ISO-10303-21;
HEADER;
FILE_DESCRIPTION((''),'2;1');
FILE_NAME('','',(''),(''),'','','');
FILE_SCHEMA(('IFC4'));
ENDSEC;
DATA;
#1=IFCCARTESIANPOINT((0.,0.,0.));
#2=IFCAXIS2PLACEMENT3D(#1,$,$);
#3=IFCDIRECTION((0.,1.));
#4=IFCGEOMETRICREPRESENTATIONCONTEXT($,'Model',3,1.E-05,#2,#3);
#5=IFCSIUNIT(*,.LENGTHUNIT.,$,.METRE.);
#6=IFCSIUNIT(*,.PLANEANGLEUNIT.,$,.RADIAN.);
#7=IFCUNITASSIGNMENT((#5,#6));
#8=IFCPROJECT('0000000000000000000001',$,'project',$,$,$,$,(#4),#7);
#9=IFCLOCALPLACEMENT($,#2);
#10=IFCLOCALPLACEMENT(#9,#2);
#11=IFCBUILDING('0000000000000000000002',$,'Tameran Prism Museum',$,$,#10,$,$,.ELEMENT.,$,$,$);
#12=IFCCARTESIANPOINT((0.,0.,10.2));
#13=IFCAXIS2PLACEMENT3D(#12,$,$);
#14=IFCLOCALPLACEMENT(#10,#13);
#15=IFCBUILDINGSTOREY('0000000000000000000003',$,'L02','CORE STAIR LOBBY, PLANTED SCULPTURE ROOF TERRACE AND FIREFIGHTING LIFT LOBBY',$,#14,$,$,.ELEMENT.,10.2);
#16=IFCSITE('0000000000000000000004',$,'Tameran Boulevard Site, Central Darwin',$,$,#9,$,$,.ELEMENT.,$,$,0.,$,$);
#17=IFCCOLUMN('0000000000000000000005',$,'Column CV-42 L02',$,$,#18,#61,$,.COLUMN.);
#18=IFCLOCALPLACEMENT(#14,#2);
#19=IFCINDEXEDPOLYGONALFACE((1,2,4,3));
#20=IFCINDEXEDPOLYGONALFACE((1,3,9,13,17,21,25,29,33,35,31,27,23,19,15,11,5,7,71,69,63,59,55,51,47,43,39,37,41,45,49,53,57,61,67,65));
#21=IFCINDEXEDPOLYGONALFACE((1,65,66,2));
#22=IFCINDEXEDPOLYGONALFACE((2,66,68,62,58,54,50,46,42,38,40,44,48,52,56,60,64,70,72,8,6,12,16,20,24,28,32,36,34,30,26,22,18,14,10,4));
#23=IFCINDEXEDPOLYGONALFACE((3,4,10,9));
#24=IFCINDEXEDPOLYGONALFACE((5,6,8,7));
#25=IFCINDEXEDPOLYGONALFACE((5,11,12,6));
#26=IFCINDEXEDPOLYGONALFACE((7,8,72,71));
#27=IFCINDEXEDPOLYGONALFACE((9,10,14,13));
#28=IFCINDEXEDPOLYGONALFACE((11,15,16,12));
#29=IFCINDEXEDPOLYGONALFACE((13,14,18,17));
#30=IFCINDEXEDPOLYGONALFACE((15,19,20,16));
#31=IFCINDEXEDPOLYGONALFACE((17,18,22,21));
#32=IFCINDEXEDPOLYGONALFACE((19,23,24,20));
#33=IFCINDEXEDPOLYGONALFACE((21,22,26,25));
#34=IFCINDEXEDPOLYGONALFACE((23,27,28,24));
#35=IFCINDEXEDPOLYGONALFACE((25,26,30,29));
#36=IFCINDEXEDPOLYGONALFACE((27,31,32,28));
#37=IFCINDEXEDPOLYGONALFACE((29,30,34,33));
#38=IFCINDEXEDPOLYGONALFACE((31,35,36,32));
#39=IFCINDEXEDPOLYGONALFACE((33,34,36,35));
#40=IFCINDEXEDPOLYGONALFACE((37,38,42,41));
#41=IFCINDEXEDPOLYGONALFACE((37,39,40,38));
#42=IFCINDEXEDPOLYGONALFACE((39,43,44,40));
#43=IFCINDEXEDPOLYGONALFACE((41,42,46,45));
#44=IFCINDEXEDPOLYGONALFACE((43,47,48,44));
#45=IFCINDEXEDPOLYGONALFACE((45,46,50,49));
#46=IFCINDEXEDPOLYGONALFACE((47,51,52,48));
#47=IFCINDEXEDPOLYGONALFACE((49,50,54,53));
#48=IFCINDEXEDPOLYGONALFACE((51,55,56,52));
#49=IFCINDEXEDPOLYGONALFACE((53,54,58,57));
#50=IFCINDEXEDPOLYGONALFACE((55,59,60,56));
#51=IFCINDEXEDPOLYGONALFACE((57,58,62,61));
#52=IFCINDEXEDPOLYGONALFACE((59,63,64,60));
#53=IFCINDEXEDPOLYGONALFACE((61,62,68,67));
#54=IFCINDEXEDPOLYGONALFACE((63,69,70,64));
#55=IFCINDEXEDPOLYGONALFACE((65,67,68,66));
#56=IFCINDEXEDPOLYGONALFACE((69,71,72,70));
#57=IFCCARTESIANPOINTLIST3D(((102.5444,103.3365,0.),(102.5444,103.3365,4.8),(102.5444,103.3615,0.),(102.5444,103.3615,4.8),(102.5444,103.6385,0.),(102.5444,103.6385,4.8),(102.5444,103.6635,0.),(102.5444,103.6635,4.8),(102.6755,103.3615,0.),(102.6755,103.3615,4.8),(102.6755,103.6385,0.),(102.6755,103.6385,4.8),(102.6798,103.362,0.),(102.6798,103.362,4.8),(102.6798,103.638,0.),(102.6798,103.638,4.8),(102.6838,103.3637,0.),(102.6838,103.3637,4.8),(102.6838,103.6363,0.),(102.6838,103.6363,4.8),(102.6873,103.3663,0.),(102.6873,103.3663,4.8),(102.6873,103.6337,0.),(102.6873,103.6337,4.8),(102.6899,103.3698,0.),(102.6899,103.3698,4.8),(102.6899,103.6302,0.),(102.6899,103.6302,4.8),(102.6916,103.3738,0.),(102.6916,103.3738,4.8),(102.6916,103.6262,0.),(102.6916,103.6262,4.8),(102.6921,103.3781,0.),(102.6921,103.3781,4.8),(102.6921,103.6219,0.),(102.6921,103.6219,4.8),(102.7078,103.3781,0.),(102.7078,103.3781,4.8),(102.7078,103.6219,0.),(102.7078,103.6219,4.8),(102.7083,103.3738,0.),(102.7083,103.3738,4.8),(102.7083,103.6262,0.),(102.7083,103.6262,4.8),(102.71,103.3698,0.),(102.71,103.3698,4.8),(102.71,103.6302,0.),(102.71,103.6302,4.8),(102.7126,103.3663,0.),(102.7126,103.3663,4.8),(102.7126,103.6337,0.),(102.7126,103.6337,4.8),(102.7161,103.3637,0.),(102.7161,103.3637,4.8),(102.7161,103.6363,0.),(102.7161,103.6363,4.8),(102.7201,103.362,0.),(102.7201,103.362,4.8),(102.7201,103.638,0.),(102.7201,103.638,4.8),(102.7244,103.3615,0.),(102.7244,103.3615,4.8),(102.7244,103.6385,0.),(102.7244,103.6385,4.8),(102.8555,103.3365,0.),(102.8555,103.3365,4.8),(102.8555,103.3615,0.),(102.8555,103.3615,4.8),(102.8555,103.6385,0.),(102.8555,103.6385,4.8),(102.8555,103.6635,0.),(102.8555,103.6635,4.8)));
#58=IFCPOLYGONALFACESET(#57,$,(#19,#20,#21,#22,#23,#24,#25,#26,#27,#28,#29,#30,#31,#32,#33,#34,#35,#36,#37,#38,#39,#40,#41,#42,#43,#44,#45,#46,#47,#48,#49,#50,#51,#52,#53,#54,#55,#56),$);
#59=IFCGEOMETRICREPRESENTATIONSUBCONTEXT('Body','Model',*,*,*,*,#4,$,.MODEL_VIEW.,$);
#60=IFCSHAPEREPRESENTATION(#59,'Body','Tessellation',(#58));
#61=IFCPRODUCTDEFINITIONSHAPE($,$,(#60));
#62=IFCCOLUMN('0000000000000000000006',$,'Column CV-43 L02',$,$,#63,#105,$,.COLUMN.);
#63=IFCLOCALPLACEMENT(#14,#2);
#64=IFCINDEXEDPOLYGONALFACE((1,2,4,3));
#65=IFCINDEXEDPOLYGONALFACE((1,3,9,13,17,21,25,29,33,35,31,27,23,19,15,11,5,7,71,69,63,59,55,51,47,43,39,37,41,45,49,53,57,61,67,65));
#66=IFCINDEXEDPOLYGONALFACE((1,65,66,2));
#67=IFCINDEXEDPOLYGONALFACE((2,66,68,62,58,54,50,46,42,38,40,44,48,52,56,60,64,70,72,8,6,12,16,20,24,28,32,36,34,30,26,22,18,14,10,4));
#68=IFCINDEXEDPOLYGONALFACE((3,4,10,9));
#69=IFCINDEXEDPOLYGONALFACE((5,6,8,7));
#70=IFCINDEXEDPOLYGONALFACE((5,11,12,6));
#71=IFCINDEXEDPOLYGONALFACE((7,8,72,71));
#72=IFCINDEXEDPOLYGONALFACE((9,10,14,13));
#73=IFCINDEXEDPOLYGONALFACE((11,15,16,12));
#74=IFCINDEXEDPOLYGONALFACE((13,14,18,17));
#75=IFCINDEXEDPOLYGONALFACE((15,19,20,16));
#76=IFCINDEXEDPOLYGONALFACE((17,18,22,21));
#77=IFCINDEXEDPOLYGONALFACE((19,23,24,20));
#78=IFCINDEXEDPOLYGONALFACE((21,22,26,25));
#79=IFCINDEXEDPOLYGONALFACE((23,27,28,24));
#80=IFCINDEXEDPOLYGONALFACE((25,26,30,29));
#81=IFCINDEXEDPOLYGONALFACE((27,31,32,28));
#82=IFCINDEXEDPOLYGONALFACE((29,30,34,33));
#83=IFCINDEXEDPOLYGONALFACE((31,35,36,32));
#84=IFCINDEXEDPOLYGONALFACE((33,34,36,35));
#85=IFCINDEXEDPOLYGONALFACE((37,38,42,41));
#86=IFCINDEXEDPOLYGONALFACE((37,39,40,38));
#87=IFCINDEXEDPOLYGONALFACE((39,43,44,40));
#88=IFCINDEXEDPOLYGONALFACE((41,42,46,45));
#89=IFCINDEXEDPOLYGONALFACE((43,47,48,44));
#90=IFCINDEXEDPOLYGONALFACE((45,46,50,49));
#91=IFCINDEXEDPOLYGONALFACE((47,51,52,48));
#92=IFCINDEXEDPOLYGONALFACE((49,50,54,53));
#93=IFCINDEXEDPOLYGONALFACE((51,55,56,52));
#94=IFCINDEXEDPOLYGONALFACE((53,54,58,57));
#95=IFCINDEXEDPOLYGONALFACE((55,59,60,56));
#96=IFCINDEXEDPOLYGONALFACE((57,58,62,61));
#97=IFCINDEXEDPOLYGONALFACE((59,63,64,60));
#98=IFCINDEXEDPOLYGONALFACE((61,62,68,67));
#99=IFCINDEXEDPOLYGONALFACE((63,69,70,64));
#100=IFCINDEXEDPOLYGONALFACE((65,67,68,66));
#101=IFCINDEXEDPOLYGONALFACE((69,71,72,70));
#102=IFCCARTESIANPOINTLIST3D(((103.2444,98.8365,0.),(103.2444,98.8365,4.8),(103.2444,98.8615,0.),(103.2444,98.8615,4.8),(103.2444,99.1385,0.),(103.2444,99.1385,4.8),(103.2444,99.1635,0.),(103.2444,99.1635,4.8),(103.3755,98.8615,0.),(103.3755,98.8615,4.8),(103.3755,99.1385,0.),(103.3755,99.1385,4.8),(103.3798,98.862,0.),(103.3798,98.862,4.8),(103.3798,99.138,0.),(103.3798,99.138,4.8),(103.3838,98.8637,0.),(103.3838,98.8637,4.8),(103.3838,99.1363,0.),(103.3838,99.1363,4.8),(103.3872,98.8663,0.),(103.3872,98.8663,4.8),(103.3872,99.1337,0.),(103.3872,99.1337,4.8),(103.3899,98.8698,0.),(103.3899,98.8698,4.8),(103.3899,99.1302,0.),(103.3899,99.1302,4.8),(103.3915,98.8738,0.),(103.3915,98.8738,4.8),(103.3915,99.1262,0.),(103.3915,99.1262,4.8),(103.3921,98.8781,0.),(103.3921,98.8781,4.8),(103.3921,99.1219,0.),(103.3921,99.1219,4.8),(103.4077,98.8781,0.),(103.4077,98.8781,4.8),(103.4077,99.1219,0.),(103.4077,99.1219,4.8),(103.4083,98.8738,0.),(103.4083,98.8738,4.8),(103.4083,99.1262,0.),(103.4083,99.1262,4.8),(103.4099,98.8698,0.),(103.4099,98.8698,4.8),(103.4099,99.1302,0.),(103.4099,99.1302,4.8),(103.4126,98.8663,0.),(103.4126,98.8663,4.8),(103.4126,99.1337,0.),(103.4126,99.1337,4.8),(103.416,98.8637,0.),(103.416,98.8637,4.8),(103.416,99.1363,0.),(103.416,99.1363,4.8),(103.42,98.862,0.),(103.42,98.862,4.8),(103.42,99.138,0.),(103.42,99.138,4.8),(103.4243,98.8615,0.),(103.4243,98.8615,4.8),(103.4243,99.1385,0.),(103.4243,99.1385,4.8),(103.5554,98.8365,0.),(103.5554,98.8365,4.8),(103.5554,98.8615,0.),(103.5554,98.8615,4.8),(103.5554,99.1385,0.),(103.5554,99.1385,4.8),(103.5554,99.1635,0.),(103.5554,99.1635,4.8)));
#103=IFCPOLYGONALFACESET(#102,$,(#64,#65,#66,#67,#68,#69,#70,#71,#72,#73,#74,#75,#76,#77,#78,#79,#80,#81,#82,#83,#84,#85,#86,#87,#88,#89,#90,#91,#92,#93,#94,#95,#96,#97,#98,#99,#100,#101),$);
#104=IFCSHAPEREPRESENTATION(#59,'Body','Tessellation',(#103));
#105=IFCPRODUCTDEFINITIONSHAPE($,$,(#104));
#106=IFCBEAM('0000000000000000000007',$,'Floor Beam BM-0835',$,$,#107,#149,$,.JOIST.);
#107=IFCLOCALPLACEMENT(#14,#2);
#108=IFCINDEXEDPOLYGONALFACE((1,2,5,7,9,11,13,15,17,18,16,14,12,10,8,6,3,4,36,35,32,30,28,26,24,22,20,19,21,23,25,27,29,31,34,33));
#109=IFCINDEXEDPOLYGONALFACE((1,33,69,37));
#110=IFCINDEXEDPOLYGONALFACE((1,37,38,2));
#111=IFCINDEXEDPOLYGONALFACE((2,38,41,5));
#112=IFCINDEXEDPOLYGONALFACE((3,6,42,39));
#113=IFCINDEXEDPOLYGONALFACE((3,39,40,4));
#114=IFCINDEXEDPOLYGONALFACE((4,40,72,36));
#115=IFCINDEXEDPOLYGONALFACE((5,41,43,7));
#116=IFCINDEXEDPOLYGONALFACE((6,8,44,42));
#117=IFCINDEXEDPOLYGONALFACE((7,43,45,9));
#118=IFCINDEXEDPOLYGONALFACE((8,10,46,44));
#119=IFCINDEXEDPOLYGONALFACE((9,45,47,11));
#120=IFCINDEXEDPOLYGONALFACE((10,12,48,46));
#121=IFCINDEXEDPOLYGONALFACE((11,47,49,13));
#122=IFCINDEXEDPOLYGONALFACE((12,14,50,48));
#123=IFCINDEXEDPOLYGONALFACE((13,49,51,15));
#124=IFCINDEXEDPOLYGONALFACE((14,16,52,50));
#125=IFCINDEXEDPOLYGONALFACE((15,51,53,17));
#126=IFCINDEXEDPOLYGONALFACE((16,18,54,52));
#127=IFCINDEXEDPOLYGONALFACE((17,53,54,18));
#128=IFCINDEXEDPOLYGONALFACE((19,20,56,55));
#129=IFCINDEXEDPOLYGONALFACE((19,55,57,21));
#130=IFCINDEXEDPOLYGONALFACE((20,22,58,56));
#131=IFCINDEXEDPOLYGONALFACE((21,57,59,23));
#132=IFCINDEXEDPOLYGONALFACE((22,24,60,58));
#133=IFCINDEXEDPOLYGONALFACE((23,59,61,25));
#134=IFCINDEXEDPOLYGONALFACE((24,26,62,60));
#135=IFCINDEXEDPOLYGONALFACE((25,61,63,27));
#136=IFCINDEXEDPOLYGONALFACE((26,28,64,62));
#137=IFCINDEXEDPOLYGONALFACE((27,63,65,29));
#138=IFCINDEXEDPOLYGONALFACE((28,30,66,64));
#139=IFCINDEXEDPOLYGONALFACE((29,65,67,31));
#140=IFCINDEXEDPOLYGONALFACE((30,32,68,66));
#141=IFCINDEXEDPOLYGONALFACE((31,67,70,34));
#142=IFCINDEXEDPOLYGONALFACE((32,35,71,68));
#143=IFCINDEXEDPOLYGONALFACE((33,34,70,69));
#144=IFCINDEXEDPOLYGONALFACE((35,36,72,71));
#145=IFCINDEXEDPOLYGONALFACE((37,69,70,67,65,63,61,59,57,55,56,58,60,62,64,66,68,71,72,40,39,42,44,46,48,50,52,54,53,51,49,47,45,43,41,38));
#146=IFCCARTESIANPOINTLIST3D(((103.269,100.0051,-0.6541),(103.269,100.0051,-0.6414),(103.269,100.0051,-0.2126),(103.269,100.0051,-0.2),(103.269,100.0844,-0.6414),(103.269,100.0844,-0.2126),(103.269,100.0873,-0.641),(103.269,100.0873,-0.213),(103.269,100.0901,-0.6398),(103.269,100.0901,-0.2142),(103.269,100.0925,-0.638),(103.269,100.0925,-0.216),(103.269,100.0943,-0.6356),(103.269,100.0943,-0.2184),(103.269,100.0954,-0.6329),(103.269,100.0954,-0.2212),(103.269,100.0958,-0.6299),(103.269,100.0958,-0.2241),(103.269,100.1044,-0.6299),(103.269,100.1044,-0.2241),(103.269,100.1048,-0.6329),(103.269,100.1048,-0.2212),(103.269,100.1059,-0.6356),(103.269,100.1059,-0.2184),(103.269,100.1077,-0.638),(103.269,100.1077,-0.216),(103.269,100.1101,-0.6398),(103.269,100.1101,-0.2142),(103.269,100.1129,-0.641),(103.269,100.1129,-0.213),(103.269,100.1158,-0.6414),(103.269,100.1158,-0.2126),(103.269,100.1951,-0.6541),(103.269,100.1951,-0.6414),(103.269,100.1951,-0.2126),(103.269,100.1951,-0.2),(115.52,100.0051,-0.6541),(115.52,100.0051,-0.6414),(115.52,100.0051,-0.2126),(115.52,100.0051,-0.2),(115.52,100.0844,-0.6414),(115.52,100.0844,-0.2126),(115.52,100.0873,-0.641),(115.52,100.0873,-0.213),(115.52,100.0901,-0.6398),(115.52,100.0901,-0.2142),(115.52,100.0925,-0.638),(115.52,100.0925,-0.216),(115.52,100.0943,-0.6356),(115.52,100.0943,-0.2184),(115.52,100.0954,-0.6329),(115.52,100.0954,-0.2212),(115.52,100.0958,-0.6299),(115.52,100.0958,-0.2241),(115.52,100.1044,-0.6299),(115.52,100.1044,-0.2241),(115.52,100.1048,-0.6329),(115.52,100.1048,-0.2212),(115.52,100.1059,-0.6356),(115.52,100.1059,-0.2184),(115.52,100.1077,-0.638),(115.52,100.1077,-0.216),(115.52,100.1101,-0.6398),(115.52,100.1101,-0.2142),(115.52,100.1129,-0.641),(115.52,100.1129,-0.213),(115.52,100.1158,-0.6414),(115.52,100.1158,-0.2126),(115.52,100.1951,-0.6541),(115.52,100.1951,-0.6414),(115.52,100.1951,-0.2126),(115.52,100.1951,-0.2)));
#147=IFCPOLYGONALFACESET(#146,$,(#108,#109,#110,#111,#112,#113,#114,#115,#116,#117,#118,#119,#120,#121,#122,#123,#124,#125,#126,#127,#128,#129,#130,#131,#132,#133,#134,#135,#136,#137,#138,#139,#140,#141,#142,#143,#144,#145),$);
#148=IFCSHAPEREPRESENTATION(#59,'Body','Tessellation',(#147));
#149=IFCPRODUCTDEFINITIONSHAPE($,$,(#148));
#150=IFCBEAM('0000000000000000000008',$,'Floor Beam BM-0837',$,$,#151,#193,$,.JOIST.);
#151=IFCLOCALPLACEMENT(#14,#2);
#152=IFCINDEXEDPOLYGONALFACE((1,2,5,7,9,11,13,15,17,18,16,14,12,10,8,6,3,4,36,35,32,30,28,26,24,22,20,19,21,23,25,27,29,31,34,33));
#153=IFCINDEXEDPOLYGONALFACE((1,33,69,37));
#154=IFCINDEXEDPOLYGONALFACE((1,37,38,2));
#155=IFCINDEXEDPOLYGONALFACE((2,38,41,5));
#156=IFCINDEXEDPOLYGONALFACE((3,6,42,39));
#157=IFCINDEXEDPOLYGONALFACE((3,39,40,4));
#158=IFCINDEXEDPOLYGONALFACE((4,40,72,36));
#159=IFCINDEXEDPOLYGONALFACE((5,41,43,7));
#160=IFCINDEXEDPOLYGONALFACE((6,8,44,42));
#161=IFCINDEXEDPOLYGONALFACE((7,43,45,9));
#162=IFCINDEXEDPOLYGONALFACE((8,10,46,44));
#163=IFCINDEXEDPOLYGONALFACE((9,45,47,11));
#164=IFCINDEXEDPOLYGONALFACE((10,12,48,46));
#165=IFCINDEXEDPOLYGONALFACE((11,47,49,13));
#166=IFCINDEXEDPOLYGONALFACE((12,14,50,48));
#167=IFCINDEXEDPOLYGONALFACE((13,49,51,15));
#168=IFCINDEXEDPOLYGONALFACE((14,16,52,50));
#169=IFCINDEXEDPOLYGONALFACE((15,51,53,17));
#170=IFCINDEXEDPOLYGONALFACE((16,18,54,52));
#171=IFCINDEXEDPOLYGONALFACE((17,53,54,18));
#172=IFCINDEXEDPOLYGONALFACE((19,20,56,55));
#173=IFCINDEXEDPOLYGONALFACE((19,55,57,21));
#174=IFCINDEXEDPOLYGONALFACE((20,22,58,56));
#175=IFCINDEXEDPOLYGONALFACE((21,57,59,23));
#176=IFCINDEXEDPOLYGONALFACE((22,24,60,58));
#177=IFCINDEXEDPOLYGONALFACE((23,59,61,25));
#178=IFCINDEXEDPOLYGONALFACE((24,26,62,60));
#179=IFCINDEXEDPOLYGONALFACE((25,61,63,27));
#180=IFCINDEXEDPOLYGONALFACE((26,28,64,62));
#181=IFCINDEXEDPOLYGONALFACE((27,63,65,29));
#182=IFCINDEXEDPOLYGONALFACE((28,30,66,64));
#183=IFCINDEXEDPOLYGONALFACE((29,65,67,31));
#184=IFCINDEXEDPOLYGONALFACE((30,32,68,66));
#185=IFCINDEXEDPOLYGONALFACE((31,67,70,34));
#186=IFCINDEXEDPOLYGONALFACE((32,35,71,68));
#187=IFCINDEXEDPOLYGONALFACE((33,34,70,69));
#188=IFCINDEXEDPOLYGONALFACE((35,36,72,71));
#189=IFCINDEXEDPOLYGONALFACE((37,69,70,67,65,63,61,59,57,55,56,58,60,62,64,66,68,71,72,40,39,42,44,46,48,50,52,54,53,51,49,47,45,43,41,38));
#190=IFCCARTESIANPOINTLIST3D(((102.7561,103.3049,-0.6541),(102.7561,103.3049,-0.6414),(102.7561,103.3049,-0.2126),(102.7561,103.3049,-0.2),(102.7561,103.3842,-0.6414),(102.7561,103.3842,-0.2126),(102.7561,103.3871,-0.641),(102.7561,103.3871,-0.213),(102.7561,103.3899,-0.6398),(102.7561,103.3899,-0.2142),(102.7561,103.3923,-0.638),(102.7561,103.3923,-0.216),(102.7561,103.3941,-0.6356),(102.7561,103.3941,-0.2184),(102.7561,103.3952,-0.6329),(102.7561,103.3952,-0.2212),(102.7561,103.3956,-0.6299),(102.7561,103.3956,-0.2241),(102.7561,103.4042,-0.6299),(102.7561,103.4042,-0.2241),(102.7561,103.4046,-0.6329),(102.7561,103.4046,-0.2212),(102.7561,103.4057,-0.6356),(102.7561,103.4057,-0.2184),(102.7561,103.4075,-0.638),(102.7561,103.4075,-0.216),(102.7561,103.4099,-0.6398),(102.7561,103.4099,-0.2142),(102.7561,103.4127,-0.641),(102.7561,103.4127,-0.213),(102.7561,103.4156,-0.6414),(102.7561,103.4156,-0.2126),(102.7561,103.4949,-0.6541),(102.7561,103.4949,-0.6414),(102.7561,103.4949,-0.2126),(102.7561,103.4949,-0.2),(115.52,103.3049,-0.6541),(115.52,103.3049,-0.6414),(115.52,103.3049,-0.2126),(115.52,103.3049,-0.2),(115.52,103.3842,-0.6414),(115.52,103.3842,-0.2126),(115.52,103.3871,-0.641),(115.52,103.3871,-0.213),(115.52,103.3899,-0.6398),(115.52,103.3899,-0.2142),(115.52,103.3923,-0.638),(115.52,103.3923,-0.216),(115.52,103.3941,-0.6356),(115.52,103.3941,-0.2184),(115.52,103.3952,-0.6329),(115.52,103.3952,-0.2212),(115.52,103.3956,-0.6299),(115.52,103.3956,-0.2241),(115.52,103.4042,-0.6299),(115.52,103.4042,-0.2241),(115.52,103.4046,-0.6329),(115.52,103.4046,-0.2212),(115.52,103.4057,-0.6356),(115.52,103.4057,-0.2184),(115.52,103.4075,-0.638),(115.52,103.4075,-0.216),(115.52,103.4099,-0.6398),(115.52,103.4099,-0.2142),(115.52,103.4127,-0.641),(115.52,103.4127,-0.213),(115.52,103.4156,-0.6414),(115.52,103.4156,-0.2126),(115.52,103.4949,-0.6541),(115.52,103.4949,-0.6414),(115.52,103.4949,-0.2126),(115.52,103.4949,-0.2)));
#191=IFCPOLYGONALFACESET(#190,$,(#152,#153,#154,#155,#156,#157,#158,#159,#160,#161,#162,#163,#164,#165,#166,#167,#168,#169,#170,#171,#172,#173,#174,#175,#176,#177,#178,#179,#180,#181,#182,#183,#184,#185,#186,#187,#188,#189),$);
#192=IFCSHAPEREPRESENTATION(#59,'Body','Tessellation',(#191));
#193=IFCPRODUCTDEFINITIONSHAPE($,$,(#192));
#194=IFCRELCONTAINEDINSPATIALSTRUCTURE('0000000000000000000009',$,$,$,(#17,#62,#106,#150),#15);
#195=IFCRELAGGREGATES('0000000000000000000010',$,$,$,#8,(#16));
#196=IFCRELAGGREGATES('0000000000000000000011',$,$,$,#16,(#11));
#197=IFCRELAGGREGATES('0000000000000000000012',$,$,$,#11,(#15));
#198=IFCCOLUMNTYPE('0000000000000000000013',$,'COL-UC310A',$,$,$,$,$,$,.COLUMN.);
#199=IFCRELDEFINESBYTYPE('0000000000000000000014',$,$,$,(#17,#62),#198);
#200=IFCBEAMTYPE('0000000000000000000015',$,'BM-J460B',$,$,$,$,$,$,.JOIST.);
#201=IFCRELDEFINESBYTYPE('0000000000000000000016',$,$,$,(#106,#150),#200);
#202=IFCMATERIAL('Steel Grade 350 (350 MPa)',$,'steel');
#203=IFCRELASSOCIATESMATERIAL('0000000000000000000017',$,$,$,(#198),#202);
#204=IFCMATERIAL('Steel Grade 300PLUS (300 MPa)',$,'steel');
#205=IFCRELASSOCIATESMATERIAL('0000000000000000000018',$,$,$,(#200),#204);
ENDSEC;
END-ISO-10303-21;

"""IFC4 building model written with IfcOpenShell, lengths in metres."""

from ifc_helpers import new_model, si_unit, direction, frame, origin, origin_2d, place, context, subcontext, project, spatial, i_section, extrude, material, material_profile, profile_set, type_object, element, save


model = new_model("IFC4")

# Units and contexts
model_context = context("Model", 3, precision=1e-05, world=origin(), true_north=direction((0.0, 1.0)))
body_context = subcontext(model_context, "Body", "Model", "MODEL_VIEW")
ifc_project = project(units=[si_unit("LENGTHUNIT", "METRE"), si_unit("PLANEANGLEUNIT", "RADIAN")], contexts=[model_context])

# Site, building, storey
site_placement = place(None, origin())
site = spatial("IfcSite", under=ifc_project, at=site_placement, Name="Tameran Boulevard Site, Central Darwin", CompositionType="ELEMENT", RefElevation=0.0)
building_placement = place(site_placement, origin())
building = spatial("IfcBuilding", under=site, at=building_placement, Name="Tameran Prism Museum", CompositionType="ELEMENT")
storey_placement = place(building_placement, frame((0.0, 0.0, 10.2)))
storey = spatial("IfcBuildingStorey", under=building, at=storey_placement, Name="L02", Description="CORE STAIR LOBBY, PLANTED SCULPTURE ROOF TERRACE AND FIREFIGHTING LIFT LOBBY", CompositionType="ELEMENT", Elevation=10.2)

# Columns
ifc_material_1 = material(Name="Steel Grade 350 (350 MPa)", Category="steel")
ifc_material_profile_1 = material_profile(ifc_material_1, i_section(OverallWidth=0.311, OverallDepth=0.3269, WebThickness=0.0156, FlangeThickness=0.0249, FilletRadius=0.0166, at=origin_2d()))
ifc_profile_set_1 = profile_set([ifc_material_profile_1])
column_type = type_object("IfcColumnType", Name="COL-UC310A", PredefinedType="COLUMN", material=ifc_profile_set_1)
for number, where, z_axis, x_axis, name in (
    (1, (102.7, 103.5, 0.0), (0.0, 0.0, 1.0), (1.0, 0.0, 0.0), "Column CV-42 L02"),
    (2, (103.3999, 99.0, 0.0), (0.0, 0.0, 1.0), (1.0, 0.0, 0.0), "Column CV-43 L02"),
):
    element("IfcColumn", number, at=place(storey_placement, frame(where, z_axis=z_axis, x_axis=x_axis)), inside=storey, type_object=column_type, Name=name, PredefinedType="COLUMN", context=body_context, shape_type="SweptSolid", body=[
        extrude(i_section(OverallWidth=0.311, OverallDepth=0.3269, WebThickness=0.0156, FlangeThickness=0.0249, FilletRadius=0.0166, at=origin_2d()), origin(), (0.0, 0.0, 1.0), 4.8),
    ])

# Beams
ifc_material_2 = material(Name="Steel Grade 300PLUS (300 MPa)", Category="steel")
ifc_material_profile_2 = material_profile(ifc_material_2, i_section(OverallWidth=0.1899, OverallDepth=0.4541, WebThickness=0.0085, FlangeThickness=0.0127, FilletRadius=0.0115, at=origin_2d()))
ifc_profile_set_2 = profile_set([ifc_material_profile_2])
beam_type_1 = type_object("IfcBeamType", Name="BM-J460B", PredefinedType="JOIST", material=ifc_profile_set_2)
beam_1_placement = place(storey_placement, frame((103.269, 100.1001, -0.427), z_axis=(1.0, 0.0, 0.0), x_axis=(0.0, 1.0, 0.0)))
element("IfcBeam", 3, at=beam_1_placement, inside=storey, type_object=beam_type_1, Name="Floor Beam BM-0835", PredefinedType="JOIST", context=body_context, shape_type="SweptSolid", body=[
    extrude(i_section(OverallWidth=0.1899, OverallDepth=0.4541, WebThickness=0.0085, FlangeThickness=0.0127, FilletRadius=0.0115, at=origin_2d()), origin(), (0.0, 0.0, 1.0), 12.251),
])
beam_2_placement = place(storey_placement, frame((102.7561, 103.3999, -0.427), z_axis=(1.0, 0.0, 0.0), x_axis=(0.0, 1.0, 0.0)))
element("IfcBeam", 4, at=beam_2_placement, inside=storey, type_object=beam_type_1, Name="Floor Beam BM-0837", PredefinedType="JOIST", context=body_context, shape_type="SweptSolid", body=[
    extrude(i_section(OverallWidth=0.1899, OverallDepth=0.4541, WebThickness=0.0085, FlangeThickness=0.0127, FilletRadius=0.0115, at=origin_2d()), origin(), (0.0, 0.0, 1.0), 12.7639),
])

save(model, "model.ifc")
